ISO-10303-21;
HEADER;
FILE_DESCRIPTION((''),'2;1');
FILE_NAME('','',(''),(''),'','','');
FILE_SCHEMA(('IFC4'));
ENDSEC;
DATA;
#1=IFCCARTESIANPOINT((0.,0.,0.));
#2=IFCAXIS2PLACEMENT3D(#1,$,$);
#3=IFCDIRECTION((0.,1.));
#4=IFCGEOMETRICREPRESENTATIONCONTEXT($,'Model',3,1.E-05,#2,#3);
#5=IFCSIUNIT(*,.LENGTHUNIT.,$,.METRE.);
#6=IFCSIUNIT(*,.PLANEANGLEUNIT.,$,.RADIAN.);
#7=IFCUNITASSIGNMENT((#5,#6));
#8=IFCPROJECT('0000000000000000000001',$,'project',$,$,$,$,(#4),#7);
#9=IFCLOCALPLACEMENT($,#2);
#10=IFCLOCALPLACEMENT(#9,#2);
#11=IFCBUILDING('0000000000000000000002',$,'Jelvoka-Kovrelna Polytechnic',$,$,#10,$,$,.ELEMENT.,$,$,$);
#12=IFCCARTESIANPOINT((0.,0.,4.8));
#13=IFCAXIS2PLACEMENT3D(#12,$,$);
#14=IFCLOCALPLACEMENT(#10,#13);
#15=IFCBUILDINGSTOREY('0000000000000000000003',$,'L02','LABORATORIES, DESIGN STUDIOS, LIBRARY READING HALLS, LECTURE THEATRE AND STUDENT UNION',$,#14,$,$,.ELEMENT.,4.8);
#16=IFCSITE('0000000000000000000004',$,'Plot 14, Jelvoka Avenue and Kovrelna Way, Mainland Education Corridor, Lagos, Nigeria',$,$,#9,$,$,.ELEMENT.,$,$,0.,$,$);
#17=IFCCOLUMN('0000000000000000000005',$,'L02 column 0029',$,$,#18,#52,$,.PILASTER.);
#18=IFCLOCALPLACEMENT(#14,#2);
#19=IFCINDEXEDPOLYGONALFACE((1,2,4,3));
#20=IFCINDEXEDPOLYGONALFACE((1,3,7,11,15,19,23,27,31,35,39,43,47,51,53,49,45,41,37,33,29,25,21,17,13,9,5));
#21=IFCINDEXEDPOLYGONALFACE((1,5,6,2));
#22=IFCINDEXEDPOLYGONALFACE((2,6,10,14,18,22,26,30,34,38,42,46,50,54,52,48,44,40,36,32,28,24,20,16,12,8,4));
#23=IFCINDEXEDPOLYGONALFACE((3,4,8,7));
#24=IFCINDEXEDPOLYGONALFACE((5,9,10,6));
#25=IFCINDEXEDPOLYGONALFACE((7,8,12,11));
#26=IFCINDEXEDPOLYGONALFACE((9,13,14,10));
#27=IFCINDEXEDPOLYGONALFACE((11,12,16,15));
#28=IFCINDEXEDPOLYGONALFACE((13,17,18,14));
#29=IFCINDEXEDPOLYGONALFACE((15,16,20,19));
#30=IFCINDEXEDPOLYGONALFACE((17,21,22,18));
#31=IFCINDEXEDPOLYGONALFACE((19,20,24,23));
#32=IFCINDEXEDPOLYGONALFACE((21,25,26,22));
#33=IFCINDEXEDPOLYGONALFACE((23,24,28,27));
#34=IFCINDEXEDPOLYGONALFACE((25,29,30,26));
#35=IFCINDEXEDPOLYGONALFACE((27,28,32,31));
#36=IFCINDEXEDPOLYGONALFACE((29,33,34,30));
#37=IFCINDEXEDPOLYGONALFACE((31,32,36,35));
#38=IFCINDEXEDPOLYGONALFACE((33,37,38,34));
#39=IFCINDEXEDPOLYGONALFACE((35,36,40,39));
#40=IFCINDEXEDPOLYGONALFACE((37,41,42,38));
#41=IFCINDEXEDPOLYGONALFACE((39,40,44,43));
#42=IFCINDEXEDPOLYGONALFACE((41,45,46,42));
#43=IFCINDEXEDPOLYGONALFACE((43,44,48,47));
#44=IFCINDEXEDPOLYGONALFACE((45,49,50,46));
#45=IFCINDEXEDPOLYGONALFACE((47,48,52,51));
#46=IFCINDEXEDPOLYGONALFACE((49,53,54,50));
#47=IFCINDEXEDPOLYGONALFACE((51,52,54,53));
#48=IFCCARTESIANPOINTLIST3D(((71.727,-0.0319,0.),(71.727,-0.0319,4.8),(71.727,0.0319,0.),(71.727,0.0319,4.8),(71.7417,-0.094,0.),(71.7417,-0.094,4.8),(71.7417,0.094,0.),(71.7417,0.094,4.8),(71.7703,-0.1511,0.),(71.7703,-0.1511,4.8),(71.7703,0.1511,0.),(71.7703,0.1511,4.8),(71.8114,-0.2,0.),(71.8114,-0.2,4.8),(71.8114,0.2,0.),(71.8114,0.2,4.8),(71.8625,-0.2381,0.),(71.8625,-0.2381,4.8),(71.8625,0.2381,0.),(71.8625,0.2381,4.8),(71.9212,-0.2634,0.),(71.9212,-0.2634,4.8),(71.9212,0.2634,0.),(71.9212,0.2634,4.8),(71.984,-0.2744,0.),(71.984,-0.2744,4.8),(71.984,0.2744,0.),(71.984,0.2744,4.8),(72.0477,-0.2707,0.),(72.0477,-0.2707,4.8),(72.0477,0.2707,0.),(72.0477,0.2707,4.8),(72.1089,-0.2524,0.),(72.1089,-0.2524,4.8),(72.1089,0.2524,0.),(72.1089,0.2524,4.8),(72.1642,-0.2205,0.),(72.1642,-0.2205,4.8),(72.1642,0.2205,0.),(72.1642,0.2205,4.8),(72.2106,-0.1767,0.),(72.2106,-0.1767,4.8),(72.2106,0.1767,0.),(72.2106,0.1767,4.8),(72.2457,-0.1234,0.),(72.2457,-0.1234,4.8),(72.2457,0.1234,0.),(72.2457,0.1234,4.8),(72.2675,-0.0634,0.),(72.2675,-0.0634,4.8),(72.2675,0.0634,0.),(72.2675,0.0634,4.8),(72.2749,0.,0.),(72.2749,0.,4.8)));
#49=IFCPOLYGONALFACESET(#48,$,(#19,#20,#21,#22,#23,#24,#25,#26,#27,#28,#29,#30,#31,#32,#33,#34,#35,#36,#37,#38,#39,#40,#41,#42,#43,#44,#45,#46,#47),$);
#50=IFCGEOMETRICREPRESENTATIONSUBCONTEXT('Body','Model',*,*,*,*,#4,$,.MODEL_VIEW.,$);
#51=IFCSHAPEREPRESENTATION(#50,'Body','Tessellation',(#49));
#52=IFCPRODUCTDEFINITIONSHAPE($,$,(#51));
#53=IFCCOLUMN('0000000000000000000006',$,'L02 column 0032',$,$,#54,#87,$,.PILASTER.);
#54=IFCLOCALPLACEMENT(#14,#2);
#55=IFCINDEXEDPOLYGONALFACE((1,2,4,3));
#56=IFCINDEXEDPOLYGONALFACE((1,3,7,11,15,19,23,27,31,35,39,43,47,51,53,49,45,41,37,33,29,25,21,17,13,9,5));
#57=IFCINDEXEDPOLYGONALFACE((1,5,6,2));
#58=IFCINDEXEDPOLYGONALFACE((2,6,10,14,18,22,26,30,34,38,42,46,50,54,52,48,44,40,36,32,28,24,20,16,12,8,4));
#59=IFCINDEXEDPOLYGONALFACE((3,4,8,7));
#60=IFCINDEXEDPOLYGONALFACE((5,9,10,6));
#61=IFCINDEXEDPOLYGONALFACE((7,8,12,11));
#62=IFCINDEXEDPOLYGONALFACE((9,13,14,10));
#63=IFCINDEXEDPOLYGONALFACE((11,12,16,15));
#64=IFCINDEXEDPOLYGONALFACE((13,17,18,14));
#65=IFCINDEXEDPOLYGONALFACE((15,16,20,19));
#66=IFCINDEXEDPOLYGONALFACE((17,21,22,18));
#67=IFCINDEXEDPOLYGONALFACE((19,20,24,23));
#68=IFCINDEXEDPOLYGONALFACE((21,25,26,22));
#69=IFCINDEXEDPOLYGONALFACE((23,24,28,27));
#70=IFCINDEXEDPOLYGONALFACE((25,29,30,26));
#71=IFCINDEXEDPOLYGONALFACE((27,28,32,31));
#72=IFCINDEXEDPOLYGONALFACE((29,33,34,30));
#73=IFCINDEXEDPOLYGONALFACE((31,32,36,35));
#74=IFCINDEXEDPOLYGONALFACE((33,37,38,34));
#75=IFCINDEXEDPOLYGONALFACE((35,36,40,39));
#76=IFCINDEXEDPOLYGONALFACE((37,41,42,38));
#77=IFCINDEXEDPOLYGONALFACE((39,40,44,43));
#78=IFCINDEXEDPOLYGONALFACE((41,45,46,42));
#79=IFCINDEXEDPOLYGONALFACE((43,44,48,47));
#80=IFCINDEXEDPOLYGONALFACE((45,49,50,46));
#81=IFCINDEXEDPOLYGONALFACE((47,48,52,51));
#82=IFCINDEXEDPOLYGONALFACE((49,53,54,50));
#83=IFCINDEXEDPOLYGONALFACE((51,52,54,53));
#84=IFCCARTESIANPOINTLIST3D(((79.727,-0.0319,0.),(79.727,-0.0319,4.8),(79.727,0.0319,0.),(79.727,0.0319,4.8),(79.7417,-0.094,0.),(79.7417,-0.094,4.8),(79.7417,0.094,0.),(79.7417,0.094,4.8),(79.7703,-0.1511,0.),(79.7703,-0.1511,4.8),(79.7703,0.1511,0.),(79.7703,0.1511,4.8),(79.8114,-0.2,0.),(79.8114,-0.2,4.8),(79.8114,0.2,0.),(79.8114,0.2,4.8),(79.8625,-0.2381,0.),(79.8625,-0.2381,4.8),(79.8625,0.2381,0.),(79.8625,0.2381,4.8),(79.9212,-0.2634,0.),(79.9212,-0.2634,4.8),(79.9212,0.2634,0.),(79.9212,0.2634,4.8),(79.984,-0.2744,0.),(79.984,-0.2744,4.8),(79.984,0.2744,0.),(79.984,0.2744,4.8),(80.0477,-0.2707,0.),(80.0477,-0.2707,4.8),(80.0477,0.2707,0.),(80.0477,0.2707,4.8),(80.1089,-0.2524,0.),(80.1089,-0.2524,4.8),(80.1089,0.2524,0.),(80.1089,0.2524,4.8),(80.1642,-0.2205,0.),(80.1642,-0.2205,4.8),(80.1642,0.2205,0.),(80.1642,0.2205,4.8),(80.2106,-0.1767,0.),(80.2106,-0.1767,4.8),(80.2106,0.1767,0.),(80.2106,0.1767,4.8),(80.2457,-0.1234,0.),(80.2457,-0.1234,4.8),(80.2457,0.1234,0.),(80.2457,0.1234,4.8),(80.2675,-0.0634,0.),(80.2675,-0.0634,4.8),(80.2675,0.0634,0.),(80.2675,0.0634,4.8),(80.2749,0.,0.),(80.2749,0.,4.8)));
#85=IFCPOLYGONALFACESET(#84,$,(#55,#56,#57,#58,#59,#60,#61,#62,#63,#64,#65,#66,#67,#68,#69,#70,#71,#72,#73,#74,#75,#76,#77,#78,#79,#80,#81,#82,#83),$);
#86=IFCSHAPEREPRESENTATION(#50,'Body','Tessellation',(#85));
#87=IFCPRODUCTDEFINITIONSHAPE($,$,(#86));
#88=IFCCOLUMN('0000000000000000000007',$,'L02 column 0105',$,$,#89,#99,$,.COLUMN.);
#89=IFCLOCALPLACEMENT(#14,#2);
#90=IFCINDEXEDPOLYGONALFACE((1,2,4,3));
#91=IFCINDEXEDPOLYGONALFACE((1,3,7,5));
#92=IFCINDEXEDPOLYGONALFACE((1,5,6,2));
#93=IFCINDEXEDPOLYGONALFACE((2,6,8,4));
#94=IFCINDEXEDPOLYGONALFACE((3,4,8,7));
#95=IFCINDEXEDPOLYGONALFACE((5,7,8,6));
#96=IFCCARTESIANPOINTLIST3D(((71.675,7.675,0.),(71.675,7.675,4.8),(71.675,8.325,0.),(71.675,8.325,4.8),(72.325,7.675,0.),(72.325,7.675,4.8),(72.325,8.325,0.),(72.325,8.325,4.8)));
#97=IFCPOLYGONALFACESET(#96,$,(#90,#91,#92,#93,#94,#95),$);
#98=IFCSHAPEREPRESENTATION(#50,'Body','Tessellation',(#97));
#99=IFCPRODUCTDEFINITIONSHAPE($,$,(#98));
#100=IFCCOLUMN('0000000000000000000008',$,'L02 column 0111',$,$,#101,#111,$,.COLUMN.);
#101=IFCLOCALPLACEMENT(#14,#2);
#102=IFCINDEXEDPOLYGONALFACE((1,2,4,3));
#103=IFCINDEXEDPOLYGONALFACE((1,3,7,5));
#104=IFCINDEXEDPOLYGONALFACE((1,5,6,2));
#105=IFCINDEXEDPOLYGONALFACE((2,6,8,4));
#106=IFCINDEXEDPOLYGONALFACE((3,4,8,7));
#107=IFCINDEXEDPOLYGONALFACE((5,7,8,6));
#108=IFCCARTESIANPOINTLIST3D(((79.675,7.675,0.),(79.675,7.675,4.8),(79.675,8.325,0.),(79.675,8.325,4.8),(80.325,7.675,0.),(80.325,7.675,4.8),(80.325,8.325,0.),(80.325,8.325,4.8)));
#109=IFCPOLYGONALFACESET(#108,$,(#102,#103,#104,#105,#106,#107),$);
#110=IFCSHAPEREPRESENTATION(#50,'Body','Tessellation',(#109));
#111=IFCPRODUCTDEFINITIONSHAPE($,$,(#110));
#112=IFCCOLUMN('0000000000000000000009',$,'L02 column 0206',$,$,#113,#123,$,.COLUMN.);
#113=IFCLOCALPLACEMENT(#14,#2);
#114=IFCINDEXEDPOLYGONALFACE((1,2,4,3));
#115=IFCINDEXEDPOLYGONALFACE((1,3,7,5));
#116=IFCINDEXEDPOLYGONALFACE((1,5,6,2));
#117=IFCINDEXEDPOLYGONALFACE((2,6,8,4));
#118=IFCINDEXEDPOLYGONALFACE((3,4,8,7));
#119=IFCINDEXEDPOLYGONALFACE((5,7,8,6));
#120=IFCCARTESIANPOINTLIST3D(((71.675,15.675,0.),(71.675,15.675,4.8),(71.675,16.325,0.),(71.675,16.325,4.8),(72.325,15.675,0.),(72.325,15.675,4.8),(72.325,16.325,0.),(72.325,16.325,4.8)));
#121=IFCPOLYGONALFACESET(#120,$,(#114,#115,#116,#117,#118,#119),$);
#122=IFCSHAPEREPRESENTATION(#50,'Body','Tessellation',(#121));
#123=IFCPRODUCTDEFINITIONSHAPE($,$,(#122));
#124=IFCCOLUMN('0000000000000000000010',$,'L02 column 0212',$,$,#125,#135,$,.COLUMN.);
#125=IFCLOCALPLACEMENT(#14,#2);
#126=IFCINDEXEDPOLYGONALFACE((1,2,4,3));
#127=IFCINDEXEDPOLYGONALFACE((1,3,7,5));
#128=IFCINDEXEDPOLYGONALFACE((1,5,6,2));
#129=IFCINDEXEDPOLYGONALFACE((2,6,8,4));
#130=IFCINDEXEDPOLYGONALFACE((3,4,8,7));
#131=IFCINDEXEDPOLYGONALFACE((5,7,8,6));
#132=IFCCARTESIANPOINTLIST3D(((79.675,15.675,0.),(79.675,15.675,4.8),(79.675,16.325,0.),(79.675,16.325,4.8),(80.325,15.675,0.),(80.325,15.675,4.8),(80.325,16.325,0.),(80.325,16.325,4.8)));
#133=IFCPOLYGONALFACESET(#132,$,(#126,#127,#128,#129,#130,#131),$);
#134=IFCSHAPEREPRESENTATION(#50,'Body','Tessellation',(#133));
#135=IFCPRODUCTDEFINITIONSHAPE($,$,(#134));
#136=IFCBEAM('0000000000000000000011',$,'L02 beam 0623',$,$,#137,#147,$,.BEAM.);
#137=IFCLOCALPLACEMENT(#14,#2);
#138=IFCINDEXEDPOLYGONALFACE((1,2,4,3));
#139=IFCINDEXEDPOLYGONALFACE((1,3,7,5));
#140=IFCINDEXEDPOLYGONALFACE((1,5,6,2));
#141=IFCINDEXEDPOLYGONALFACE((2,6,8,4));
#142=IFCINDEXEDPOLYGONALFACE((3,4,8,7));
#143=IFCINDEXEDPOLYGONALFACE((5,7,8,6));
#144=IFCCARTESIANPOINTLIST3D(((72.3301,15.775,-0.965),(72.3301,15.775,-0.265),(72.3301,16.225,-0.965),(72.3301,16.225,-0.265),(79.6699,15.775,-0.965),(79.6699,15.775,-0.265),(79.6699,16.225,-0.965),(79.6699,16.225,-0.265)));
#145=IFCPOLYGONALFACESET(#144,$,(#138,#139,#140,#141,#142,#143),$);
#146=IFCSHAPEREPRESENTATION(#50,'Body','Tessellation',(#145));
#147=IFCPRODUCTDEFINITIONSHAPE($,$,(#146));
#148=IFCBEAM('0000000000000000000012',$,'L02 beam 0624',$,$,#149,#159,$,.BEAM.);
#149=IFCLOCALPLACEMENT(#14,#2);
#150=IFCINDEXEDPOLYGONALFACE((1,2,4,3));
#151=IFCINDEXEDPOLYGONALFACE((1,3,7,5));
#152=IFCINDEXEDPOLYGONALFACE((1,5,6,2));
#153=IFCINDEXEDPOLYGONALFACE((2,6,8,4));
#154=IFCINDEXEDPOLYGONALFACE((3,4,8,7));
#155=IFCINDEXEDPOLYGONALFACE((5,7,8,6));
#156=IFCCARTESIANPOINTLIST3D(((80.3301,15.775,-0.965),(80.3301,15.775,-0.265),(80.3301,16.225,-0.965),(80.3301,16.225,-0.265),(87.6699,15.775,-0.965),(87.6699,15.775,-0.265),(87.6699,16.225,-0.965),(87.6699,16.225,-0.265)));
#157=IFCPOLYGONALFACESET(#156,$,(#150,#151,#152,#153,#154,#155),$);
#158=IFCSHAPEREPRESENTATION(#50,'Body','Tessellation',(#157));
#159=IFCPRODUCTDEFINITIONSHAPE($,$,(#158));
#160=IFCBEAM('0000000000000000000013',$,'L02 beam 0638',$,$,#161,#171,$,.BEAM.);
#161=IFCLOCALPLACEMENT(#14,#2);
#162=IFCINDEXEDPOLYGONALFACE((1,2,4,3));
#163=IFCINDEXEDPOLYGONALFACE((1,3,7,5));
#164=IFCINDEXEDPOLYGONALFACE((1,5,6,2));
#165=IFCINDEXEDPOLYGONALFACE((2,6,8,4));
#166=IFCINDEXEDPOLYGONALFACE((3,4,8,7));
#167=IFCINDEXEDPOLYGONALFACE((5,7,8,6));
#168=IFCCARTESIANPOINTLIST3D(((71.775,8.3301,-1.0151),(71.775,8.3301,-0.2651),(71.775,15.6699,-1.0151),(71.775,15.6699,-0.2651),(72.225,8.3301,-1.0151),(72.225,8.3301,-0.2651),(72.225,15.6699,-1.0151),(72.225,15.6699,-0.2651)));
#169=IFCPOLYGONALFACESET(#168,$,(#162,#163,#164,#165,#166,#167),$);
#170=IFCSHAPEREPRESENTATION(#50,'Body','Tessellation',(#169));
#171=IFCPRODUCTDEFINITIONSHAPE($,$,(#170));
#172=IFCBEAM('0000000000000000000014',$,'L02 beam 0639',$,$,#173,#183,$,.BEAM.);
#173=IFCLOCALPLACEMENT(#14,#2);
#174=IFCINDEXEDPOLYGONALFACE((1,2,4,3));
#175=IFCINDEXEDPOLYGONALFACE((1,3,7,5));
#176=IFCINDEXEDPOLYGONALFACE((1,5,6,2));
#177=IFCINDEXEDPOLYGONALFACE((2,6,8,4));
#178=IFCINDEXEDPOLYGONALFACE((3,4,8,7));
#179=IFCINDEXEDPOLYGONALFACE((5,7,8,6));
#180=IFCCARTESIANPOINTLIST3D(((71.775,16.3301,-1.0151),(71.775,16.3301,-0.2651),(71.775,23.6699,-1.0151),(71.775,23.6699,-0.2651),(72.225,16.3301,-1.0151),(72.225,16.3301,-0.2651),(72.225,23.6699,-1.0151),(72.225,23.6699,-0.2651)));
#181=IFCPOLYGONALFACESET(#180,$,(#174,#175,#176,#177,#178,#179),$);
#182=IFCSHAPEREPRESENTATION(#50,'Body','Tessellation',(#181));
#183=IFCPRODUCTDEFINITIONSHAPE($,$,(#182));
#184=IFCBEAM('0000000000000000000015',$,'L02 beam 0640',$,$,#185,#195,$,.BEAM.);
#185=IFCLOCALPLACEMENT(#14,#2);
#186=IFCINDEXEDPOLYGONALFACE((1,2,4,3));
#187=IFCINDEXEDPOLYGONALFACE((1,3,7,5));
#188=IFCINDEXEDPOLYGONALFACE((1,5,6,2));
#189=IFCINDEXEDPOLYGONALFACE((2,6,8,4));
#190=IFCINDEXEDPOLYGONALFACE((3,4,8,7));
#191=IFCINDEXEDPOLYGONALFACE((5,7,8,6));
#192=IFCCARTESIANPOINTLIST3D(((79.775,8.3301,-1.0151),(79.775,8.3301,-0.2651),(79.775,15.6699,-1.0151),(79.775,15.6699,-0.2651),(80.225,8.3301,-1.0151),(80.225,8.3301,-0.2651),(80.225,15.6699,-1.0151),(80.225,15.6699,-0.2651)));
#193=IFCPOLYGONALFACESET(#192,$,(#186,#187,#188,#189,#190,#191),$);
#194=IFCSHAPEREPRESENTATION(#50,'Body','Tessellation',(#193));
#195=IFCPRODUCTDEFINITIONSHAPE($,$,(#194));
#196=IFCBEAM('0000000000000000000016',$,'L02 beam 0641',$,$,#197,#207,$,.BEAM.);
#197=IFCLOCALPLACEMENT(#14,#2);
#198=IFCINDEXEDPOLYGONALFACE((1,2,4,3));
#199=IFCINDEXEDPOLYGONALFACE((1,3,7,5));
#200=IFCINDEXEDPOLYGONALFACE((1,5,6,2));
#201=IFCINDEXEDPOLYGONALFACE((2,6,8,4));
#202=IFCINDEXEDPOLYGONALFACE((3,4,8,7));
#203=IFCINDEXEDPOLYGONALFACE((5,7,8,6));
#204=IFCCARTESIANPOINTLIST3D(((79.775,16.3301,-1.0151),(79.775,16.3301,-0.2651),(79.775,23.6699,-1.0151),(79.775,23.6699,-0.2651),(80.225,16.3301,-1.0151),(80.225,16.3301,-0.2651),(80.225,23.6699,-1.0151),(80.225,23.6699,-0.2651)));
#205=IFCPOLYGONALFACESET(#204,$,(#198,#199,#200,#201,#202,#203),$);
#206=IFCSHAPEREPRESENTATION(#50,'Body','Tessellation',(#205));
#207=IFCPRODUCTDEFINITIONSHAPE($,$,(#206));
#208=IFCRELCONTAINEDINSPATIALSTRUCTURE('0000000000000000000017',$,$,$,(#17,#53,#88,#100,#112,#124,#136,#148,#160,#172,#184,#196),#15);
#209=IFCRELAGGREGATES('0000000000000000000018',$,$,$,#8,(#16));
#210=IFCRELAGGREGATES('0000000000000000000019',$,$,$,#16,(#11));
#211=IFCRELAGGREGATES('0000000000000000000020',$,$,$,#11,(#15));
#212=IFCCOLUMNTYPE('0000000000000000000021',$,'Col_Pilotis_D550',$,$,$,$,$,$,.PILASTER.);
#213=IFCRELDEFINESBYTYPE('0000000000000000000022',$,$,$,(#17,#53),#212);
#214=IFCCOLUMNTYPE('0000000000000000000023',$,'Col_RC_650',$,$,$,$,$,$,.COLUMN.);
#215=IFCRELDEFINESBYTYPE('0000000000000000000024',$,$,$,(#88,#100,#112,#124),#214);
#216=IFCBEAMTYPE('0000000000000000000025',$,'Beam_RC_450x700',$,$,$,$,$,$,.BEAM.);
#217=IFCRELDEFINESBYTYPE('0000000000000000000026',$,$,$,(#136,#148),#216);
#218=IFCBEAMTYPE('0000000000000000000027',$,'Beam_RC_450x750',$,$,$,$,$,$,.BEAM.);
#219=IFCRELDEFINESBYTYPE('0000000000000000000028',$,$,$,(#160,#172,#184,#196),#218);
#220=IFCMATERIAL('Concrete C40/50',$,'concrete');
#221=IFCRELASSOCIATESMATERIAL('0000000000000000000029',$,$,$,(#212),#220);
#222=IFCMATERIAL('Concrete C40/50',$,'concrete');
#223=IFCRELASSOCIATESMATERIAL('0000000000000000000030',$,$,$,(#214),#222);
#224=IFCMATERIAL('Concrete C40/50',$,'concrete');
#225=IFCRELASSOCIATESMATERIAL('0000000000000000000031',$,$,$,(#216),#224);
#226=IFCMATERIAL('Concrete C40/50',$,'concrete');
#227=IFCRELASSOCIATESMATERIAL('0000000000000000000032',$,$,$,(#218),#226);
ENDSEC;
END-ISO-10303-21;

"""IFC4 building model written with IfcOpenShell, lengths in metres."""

from ifc_helpers import new_model, si_unit, direction, frame, origin, origin_2d, place, context, subcontext, project, spatial, rectangle, circle, extrude, material, material_profile, profile_set, type_object, element, save


model = new_model("IFC4")

# Units and contexts
model_context = context("Model", 3, precision=1e-05, world=origin(), true_north=direction((0.0, 1.0)))
body_context = subcontext(model_context, "Body", "Model", "MODEL_VIEW")
ifc_project = project(units=[si_unit("LENGTHUNIT", "METRE"), si_unit("PLANEANGLEUNIT", "RADIAN")], contexts=[model_context])

# Site, building, storey
site_placement = place(None, origin())
site = spatial("IfcSite", under=ifc_project, at=site_placement, Name="Plot 14, Jelvoka Avenue and Kovrelna Way, Mainland Education Corridor, Lagos, Nigeria", CompositionType="ELEMENT", RefElevation=0.0)
building_placement = place(site_placement, origin())
building = spatial("IfcBuilding", under=site, at=building_placement, Name="Jelvoka-Kovrelna Polytechnic", CompositionType="ELEMENT")
storey_placement = place(building_placement, frame((0.0, 0.0, 4.8)))
storey = spatial("IfcBuildingStorey", under=building, at=storey_placement, Name="L02", Description="LABORATORIES, DESIGN STUDIOS, LIBRARY READING HALLS, LECTURE THEATRE AND STUDENT UNION", CompositionType="ELEMENT", Elevation=4.8)

# Columns
ifc_material_1 = material(Name="Concrete C40/50", Category="concrete")
ifc_material_profile_1 = material_profile(ifc_material_1, circle(Radius=0.2749, at=origin_2d()), Name="RC D550")
ifc_profile_set_1 = profile_set([ifc_material_profile_1], Name="Concrete C40/50")
column_type_1 = type_object("IfcColumnType", Name="Col_Pilotis_D550", PredefinedType="PILASTER", material=ifc_profile_set_1)
for number, where, z_axis, x_axis, name in (
    (1, (72.0, 0.0, 0.0), (0.0, 0.0, 1.0), (1.0, 0.0, 0.0), "L02 column 0029"),
    (2, (80.0, 0.0, 0.0), (0.0, 0.0, 1.0), (1.0, 0.0, 0.0), "L02 column 0032"),
):
    element("IfcColumn", number, at=place(storey_placement, frame(where, z_axis=z_axis, x_axis=x_axis)), inside=storey, type_object=column_type_1, Name=name, PredefinedType="PILASTER", context=body_context, shape_type="SweptSolid", body=[
        extrude(circle(Radius=0.2749, at=origin_2d()), origin(), (0.0, 0.0, 1.0), 4.8),
    ])
ifc_material_2 = material(Name="Concrete C40/50", Category="concrete")
ifc_material_profile_2 = material_profile(ifc_material_2, rectangle(XDim=0.6499, YDim=0.6499, at=origin_2d()), Name="RC 650x650")
ifc_profile_set_2 = profile_set([ifc_material_profile_2], Name="Concrete C40/50")
column_type_2 = type_object("IfcColumnType", Name="Col_RC_650", PredefinedType="COLUMN", material=ifc_profile_set_2)
for number, where, z_axis, x_axis, name in (
    (3, (72.0, 8.0, 0.0), (0.0, 0.0, 1.0), (1.0, 0.0, 0.0), "L02 column 0105"),
    (4, (80.0, 8.0, 0.0), (0.0, 0.0, 1.0), (1.0, 0.0, 0.0), "L02 column 0111"),
    (5, (72.0, 16.0, 0.0), (0.0, 0.0, 1.0), (1.0, 0.0, 0.0), "L02 column 0206"),
    (6, (80.0, 16.0, 0.0), (0.0, 0.0, 1.0), (1.0, 0.0, 0.0), "L02 column 0212"),
):
    element("IfcColumn", number, at=place(storey_placement, frame(where, z_axis=z_axis, x_axis=x_axis)), inside=storey, type_object=column_type_2, Name=name, PredefinedType="COLUMN", context=body_context, shape_type="SweptSolid", body=[
        extrude(rectangle(XDim=0.6499, YDim=0.6499, at=origin_2d()), origin(), (0.0, 0.0, 1.0), 4.8),
    ])

# Beams
ifc_material_3 = material(Name="Concrete C40/50", Category="concrete")
ifc_material_profile_3 = material_profile(ifc_material_3, rectangle(XDim=0.45, YDim=0.7, at=origin_2d()), Name="RC 450x700")
ifc_profile_set_3 = profile_set([ifc_material_profile_3], Name="Concrete C40/50")
beam_type_1 = type_object("IfcBeamType", Name="Beam_RC_450x700", PredefinedType="BEAM", material=ifc_profile_set_3)
for number, where, z_axis, x_axis, name in (
    (7, (72.3301, 16.0, -0.615), (1.0, 0.0, 0.0), (0.0, 1.0, 0.0), "L02 beam 0623"),
    (8, (80.3301, 16.0, -0.615), (1.0, 0.0, 0.0), (0.0, 1.0, 0.0), "L02 beam 0624"),
):
    element("IfcBeam", number, at=place(storey_placement, frame(where, z_axis=z_axis, x_axis=x_axis)), inside=storey, type_object=beam_type_1, Name=name, PredefinedType="BEAM", context=body_context, shape_type="SweptSolid", body=[
        extrude(rectangle(XDim=0.45, YDim=0.7, at=origin_2d()), origin(), (0.0, 0.0, 1.0), 7.3398),
    ])
ifc_material_4 = material(Name="Concrete C40/50", Category="concrete")
ifc_material_profile_4 = material_profile(ifc_material_4, rectangle(XDim=0.45, YDim=0.75, at=origin_2d()), Name="RC 450x750")
ifc_profile_set_4 = profile_set([ifc_material_profile_4], Name="Concrete C40/50")
beam_type_2 = type_object("IfcBeamType", Name="Beam_RC_450x750", PredefinedType="BEAM", material=ifc_profile_set_4)
for number, where, z_axis, x_axis, name in (
    (9, (72.0, 8.3301, -0.6401), (0.0, 1.0, 0.0), (-1.0, 0.0, 0.0), "L02 beam 0638"),
    (10, (72.0, 16.3301, -0.6401), (0.0, 1.0, 0.0), (-1.0, 0.0, 0.0), "L02 beam 0639"),
    (11, (80.0, 8.3301, -0.6401), (0.0, 1.0, 0.0), (-1.0, 0.0, 0.0), "L02 beam 0640"),
    (12, (80.0, 16.3301, -0.6401), (0.0, 1.0, 0.0), (-1.0, 0.0, 0.0), "L02 beam 0641"),
):
    element("IfcBeam", number, at=place(storey_placement, frame(where, z_axis=z_axis, x_axis=x_axis)), inside=storey, type_object=beam_type_2, Name=name, PredefinedType="BEAM", context=body_context, shape_type="SweptSolid", body=[
        extrude(rectangle(XDim=0.45, YDim=0.75, at=origin_2d()), origin(), (0.0, 0.0, 1.0), 7.3398),
    ])

save(model, "model.ifc")
